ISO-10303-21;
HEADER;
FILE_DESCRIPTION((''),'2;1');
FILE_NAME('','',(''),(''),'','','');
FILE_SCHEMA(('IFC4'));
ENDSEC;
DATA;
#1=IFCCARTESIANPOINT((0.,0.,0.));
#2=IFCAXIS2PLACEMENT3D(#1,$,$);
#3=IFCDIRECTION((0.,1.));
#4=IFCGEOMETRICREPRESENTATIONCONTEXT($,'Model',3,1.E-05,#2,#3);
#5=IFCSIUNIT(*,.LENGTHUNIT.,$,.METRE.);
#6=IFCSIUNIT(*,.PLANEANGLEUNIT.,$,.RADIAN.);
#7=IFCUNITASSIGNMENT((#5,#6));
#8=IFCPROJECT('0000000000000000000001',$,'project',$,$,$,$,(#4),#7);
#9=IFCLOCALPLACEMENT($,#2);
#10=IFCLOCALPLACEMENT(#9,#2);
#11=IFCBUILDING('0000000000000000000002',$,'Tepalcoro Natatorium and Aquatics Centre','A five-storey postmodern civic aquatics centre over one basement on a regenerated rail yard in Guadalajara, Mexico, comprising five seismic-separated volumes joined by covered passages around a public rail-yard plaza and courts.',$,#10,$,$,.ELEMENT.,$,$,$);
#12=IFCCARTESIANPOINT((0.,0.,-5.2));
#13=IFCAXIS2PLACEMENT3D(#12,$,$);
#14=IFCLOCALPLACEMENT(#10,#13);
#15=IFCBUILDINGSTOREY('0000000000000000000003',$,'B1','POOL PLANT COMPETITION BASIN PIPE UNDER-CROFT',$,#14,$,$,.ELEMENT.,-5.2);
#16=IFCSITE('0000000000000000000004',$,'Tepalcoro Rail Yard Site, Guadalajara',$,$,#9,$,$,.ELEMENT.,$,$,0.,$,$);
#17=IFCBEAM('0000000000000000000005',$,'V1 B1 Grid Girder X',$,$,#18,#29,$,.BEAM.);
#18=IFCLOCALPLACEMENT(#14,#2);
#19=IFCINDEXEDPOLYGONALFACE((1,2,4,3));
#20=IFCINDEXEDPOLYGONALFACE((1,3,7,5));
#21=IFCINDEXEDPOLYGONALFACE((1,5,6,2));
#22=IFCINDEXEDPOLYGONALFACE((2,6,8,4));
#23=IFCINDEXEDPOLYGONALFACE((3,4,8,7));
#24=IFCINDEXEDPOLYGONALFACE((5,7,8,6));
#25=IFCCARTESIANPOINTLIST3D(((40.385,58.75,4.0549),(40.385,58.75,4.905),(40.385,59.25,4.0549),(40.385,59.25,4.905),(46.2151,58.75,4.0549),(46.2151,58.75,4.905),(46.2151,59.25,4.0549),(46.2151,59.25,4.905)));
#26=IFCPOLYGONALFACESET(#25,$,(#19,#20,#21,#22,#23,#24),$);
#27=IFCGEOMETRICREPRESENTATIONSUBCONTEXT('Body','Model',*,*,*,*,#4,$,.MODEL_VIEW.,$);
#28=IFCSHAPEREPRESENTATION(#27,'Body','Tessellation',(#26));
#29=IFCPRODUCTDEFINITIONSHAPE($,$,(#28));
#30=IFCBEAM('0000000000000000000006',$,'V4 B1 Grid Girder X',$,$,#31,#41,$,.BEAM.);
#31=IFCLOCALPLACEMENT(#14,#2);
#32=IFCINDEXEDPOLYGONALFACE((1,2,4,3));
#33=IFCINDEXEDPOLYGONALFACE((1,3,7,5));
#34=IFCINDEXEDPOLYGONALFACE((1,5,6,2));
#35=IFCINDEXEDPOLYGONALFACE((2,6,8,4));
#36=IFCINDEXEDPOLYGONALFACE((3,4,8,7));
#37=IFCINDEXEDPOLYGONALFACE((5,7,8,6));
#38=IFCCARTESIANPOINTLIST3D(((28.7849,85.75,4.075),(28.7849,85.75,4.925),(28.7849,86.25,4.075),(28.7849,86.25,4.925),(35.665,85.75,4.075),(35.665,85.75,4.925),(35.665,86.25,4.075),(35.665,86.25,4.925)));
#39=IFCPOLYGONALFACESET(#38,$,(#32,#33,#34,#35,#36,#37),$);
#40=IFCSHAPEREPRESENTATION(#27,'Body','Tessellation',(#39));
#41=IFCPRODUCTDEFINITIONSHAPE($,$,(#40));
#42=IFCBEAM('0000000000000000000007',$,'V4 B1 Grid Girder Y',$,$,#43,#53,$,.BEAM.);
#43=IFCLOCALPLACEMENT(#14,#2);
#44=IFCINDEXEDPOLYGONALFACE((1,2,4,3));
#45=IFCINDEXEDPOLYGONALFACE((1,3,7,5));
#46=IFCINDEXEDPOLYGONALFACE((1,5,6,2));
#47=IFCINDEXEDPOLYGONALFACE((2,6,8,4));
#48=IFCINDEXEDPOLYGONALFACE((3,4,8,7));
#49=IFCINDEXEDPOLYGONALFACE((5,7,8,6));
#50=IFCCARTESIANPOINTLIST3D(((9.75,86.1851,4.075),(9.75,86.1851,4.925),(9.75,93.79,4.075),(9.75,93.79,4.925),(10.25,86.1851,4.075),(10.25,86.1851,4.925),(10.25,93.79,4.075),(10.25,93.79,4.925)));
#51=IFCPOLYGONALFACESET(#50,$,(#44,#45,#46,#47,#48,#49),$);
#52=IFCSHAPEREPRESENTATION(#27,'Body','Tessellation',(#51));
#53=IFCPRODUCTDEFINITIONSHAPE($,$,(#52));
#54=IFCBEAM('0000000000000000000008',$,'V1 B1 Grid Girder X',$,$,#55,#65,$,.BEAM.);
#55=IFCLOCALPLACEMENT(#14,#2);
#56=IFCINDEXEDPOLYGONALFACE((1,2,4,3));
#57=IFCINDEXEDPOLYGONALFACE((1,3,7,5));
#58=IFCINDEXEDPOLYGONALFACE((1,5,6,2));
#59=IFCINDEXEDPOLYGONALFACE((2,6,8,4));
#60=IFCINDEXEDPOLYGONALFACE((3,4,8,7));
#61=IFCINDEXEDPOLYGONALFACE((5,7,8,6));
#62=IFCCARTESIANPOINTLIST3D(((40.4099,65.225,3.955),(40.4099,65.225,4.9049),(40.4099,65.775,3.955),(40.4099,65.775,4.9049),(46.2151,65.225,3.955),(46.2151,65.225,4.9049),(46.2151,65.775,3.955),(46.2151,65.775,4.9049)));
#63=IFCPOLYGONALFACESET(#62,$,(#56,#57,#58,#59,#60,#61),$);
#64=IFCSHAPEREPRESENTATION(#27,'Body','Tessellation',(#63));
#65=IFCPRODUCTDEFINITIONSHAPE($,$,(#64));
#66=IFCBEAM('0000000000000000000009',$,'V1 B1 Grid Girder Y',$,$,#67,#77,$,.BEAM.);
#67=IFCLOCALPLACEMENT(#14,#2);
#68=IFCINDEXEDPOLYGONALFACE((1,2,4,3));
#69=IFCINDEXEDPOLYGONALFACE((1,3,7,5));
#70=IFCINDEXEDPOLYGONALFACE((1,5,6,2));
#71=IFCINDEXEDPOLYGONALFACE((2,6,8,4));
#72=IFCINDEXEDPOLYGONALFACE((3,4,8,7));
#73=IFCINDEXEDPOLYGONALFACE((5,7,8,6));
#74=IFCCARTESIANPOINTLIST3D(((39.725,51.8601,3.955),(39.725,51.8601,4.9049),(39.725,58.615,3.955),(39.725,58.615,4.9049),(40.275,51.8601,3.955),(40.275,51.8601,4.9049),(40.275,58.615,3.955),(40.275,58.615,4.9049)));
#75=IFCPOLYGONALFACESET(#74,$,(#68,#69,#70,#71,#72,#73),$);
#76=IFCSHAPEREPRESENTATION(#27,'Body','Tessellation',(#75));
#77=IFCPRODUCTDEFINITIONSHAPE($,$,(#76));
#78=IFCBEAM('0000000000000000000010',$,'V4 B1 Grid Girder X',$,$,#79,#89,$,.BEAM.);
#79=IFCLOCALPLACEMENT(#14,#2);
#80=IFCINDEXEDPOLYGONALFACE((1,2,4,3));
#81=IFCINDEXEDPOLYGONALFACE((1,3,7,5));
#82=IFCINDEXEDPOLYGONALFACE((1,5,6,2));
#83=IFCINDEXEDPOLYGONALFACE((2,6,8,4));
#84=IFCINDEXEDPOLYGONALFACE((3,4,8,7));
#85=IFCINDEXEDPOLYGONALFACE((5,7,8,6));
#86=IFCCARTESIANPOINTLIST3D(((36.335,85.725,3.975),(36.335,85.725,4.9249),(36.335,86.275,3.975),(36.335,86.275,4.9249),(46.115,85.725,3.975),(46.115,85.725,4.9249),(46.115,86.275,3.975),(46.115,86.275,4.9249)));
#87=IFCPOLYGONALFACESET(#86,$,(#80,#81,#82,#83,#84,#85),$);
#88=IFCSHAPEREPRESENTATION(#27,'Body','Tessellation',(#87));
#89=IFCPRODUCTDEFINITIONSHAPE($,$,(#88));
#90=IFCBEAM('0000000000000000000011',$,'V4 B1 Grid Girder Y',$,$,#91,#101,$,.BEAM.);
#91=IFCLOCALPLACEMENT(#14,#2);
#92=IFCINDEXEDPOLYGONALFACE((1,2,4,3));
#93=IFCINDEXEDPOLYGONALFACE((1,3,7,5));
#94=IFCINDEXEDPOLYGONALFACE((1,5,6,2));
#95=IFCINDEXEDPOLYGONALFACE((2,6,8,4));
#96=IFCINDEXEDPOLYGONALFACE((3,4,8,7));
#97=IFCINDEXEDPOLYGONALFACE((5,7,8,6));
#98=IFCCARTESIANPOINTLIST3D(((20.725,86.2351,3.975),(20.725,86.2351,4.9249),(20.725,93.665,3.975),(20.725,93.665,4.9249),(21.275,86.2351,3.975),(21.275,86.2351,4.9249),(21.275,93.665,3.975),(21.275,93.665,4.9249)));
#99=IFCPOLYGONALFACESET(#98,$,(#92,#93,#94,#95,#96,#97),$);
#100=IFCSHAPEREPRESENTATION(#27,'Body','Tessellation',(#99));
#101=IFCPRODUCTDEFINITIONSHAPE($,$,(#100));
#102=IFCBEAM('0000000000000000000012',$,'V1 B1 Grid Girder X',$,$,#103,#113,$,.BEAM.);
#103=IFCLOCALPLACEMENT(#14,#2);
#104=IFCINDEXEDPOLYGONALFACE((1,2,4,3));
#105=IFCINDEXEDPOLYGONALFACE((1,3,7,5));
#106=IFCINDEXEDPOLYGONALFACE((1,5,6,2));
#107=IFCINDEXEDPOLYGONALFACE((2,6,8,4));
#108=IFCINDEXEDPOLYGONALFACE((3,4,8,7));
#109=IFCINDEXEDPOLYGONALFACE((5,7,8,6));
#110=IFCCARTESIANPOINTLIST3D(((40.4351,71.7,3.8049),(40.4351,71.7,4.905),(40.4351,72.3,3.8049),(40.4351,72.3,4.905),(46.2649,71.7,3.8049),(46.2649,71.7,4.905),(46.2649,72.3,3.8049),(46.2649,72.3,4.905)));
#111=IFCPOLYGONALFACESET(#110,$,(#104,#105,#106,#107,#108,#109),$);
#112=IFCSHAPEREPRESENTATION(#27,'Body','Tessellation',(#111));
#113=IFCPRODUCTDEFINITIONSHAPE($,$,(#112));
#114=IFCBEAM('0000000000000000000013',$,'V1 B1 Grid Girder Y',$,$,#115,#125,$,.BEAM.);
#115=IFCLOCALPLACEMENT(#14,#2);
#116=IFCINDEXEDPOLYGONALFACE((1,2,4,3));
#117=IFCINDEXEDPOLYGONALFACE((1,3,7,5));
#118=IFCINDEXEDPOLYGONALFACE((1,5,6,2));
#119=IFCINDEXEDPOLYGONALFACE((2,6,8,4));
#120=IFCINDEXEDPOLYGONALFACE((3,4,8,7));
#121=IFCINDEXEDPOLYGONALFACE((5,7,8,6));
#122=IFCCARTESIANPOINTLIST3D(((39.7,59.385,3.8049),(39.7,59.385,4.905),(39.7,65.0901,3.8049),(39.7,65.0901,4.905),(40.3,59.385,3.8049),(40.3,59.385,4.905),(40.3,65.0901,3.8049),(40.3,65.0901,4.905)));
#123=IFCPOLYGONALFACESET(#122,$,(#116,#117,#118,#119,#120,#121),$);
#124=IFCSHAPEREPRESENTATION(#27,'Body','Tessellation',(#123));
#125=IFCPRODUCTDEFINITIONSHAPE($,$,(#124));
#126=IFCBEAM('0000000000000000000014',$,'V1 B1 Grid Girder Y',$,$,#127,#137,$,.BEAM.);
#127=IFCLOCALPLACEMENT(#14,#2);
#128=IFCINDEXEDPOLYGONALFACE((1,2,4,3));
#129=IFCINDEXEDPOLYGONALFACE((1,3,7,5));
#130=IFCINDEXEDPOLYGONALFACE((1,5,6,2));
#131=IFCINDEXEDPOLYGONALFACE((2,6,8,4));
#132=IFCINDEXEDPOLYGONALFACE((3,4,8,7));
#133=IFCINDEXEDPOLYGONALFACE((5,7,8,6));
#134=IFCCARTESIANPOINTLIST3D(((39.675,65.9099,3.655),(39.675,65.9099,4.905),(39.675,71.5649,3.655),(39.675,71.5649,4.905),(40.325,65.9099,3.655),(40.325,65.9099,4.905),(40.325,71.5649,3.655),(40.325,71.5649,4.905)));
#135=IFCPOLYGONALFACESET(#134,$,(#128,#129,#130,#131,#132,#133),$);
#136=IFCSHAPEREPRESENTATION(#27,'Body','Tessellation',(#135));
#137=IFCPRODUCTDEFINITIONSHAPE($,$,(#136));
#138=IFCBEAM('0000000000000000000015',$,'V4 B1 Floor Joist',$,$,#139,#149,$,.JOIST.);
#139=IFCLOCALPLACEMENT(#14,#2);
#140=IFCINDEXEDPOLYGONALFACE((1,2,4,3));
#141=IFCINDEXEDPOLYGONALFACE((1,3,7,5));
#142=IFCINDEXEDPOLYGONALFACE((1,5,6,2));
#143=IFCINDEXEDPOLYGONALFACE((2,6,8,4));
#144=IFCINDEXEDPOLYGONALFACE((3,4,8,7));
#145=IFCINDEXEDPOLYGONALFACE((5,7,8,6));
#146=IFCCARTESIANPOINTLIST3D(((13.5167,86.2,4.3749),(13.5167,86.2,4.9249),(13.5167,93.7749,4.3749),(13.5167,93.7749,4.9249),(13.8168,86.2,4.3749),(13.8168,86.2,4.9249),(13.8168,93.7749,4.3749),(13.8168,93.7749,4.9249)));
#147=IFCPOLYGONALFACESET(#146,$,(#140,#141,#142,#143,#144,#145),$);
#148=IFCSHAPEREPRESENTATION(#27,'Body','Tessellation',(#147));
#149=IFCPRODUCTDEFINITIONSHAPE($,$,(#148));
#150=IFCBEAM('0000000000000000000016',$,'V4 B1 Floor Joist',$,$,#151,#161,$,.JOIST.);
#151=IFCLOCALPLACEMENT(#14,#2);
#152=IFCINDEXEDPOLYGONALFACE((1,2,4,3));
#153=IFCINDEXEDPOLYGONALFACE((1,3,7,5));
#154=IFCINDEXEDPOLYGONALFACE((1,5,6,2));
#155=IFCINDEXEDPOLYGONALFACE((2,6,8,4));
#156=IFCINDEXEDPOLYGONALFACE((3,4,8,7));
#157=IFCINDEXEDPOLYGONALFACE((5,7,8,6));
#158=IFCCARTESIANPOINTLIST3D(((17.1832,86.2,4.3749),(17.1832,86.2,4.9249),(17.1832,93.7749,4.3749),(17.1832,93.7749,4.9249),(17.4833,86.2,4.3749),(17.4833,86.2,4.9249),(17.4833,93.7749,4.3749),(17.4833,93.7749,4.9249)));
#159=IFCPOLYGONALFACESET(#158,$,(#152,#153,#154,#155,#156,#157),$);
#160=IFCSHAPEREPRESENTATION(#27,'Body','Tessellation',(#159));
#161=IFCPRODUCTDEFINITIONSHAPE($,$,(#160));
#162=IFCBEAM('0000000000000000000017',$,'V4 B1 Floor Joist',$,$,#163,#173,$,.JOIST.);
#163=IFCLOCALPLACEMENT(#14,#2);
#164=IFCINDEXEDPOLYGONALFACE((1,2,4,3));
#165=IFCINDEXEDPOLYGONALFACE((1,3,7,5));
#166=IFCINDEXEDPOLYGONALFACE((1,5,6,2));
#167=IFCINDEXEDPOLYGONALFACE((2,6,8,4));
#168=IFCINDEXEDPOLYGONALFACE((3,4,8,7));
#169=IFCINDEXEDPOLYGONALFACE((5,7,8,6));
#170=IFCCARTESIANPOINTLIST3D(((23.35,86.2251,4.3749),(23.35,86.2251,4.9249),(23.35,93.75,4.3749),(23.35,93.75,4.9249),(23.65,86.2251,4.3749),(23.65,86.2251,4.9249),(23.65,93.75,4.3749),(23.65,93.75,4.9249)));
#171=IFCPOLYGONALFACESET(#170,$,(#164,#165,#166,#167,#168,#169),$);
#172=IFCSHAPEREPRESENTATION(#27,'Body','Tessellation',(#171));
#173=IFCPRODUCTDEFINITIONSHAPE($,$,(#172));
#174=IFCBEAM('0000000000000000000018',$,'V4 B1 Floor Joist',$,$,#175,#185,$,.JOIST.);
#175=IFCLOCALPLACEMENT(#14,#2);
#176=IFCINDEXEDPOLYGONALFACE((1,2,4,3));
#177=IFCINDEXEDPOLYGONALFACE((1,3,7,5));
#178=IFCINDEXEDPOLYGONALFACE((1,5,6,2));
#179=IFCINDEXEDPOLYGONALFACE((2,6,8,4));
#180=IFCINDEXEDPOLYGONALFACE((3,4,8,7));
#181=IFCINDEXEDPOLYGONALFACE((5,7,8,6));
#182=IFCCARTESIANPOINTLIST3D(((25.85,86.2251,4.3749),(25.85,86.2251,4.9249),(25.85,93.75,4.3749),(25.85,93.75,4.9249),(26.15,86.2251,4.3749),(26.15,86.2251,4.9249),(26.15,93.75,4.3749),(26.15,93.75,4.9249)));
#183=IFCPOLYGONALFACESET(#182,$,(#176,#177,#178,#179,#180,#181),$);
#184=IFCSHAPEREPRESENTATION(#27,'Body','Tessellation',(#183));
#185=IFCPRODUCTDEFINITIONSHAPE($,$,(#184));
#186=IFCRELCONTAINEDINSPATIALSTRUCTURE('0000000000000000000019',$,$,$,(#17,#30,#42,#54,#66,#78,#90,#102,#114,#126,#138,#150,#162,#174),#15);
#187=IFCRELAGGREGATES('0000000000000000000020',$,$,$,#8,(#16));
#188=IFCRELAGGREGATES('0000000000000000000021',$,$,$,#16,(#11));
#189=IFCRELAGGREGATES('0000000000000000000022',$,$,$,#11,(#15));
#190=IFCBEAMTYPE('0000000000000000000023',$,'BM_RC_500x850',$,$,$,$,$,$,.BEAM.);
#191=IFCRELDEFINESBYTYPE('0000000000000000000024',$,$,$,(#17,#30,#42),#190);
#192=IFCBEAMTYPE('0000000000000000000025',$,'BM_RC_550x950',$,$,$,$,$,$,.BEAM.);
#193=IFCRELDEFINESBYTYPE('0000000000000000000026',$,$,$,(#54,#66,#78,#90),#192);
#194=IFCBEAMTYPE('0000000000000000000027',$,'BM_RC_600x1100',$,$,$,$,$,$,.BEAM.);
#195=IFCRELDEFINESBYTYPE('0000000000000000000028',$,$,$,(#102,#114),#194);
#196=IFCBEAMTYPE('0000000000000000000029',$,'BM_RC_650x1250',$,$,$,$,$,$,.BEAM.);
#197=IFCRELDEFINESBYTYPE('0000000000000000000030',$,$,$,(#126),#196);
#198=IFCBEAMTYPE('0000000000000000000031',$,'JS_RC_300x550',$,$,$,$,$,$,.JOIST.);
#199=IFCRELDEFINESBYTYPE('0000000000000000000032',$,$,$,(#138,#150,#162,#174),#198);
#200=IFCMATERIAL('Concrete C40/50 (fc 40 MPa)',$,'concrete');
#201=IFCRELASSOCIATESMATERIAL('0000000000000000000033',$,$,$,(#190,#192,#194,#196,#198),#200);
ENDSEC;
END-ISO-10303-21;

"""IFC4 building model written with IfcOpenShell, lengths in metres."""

from ifc_helpers import new_model, si_unit, direction, frame, origin, origin_2d, place, context, subcontext, project, spatial, rectangle, extrude, material, material_profile, profile_set, type_object, element, save


model = new_model("IFC4")

# Units and contexts
model_context = context("Model", 3, precision=1e-05, world=origin(), true_north=direction((0.0, 1.0)))
body_context = subcontext(model_context, "Body", "Model", "MODEL_VIEW")
ifc_project = project(units=[si_unit("LENGTHUNIT", "METRE"), si_unit("PLANEANGLEUNIT", "RADIAN")], contexts=[model_context])

# Site, building, storey
site_placement = place(None, origin())
site = spatial("IfcSite", under=ifc_project, at=site_placement, Name="Tepalcoro Rail Yard Site, Guadalajara", CompositionType="ELEMENT", RefElevation=0.0)
building_placement = place(site_placement, origin())
building = spatial("IfcBuilding", under=site, at=building_placement, Name="Tepalcoro Natatorium and Aquatics Centre", Description="A five-storey postmodern civic aquatics centre over one basement on a regenerated rail yard in Guadalajara, Mexico, comprising five seismic-separated volumes joined by covered passages around a public rail-yard plaza and courts.", CompositionType="ELEMENT")
storey_placement = place(building_placement, frame((0.0, 0.0, -5.2)))
storey = spatial("IfcBuildingStorey", under=building, at=storey_placement, Name="B1", Description="POOL PLANT COMPETITION BASIN PIPE UNDER-CROFT", CompositionType="ELEMENT", Elevation=-5.2)

# Shared definitions
ifc_material = material(Name="Concrete C40/50 (fc 40 MPa)", Category="concrete")

# Beams
ifc_material_profile_1 = material_profile(ifc_material, rectangle(XDim=0.5, YDim=0.8501, at=origin_2d()), Name="RCB500x850")
ifc_profile_set_1 = profile_set([ifc_material_profile_1], Name="Concrete C40/50 (fc 40 MPa)")
beam_type_1 = type_object("IfcBeamType", Name="BM_RC_500x850", PredefinedType="BEAM", material=ifc_profile_set_1)
beam_1_placement = place(storey_placement, frame((40.385, 59.0, 4.48), z_axis=(1.0, 0.0, 0.0), x_axis=(0.0, 1.0, 0.0)))
element("IfcBeam", 1, at=beam_1_placement, inside=storey, type_object=beam_type_1, Name="V1 B1 Grid Girder X", PredefinedType="BEAM", context=body_context, shape_type="SweptSolid", body=[
    extrude(rectangle(XDim=0.5, YDim=0.8501, at=origin_2d()), origin(), (0.0, 0.0, 1.0), 5.8301),
])
beam_2_placement = place(storey_placement, frame((28.7849, 86.0, 4.5), z_axis=(1.0, 0.0, 0.0), x_axis=(0.0, 1.0, 0.0)))
element("IfcBeam", 2, at=beam_2_placement, inside=storey, type_object=beam_type_1, Name="V4 B1 Grid Girder X", PredefinedType="BEAM", context=body_context, shape_type="SweptSolid", body=[
    extrude(rectangle(XDim=0.5, YDim=0.8501, at=origin_2d()), origin(), (0.0, 0.0, 1.0), 6.8801),
])
beam_3_placement = place(storey_placement, frame((10.0, 86.1851, 4.5), z_axis=(0.0, 1.0, 0.0), x_axis=(-1.0, 0.0, 0.0)))
element("IfcBeam", 3, at=beam_3_placement, inside=storey, type_object=beam_type_1, Name="V4 B1 Grid Girder Y", PredefinedType="BEAM", context=body_context, shape_type="SweptSolid", body=[
    extrude(rectangle(XDim=0.5, YDim=0.8501, at=origin_2d()), origin(), (0.0, 0.0, 1.0), 7.605),
])
ifc_material_profile_2 = material_profile(ifc_material, rectangle(XDim=0.55, YDim=0.95, at=origin_2d()), Name="RCB550x950")
ifc_profile_set_2 = profile_set([ifc_material_profile_2], Name="Concrete C40/50 (fc 40 MPa)")
beam_type_2 = type_object("IfcBeamType", Name="BM_RC_550x950", PredefinedType="BEAM", material=ifc_profile_set_2)
beam_4_placement = place(storey_placement, frame((40.4099, 65.5, 4.4299), z_axis=(1.0, 0.0, 0.0), x_axis=(0.0, 1.0, 0.0)))
element("IfcBeam", 4, at=beam_4_placement, inside=storey, type_object=beam_type_2, Name="V1 B1 Grid Girder X", PredefinedType="BEAM", context=body_context, shape_type="SweptSolid", body=[
    extrude(rectangle(XDim=0.55, YDim=0.95, at=origin_2d()), origin(), (0.0, 0.0, 1.0), 5.8052),
])
beam_5_placement = place(storey_placement, frame((40.0, 51.8601, 4.4299), z_axis=(0.0, 1.0, 0.0), x_axis=(-1.0, 0.0, 0.0)))
element("IfcBeam", 5, at=beam_5_placement, inside=storey, type_object=beam_type_2, Name="V1 B1 Grid Girder Y", PredefinedType="BEAM", context=body_context, shape_type="SweptSolid", body=[
    extrude(rectangle(XDim=0.55, YDim=0.95, at=origin_2d()), origin(), (0.0, 0.0, 1.0), 6.7549),
])
beam_6_placement = place(storey_placement, frame((36.335, 86.0, 4.45), z_axis=(1.0, 0.0, 0.0), x_axis=(0.0, 1.0, 0.0)))
element("IfcBeam", 6, at=beam_6_placement, inside=storey, type_object=beam_type_2, Name="V4 B1 Grid Girder X", PredefinedType="BEAM", context=body_context, shape_type="SweptSolid", body=[
    extrude(rectangle(XDim=0.55, YDim=0.95, at=origin_2d()), origin(), (0.0, 0.0, 1.0), 9.78),
])
beam_7_placement = place(storey_placement, frame((21.0, 86.2351, 4.45), z_axis=(0.0, 1.0, 0.0), x_axis=(-1.0, 0.0, 0.0)))
element("IfcBeam", 7, at=beam_7_placement, inside=storey, type_object=beam_type_2, Name="V4 B1 Grid Girder Y", PredefinedType="BEAM", context=body_context, shape_type="SweptSolid", body=[
    extrude(rectangle(XDim=0.55, YDim=0.95, at=origin_2d()), origin(), (0.0, 0.0, 1.0), 7.4299),
])
ifc_material_profile_3 = material_profile(ifc_material, rectangle(XDim=0.6001, YDim=1.1001, at=origin_2d()), Name="RCB600x1100")
ifc_profile_set_3 = profile_set([ifc_material_profile_3], Name="Concrete C40/50 (fc 40 MPa)")
beam_type_3 = type_object("IfcBeamType", Name="BM_RC_600x1100", PredefinedType="BEAM", material=ifc_profile_set_3)
beam_8_placement = place(storey_placement, frame((40.4351, 72.0, 4.355), z_axis=(1.0, 0.0, 0.0), x_axis=(0.0, 1.0, 0.0)))
element("IfcBeam", 8, at=beam_8_placement, inside=storey, type_object=beam_type_3, Name="V1 B1 Grid Girder X", PredefinedType="BEAM", context=body_context, shape_type="SweptSolid", body=[
    extrude(rectangle(XDim=0.6001, YDim=1.1001, at=origin_2d()), origin(), (0.0, 0.0, 1.0), 5.8298),
])
beam_9_placement = place(storey_placement, frame((40.0, 59.385, 4.355), z_axis=(0.0, 1.0, 0.0), x_axis=(-1.0, 0.0, 0.0)))
element("IfcBeam", 9, at=beam_9_placement, inside=storey, type_object=beam_type_3, Name="V1 B1 Grid Girder Y", PredefinedType="BEAM", context=body_context, shape_type="SweptSolid", body=[
    extrude(rectangle(XDim=0.6001, YDim=1.1001, at=origin_2d()), origin(), (0.0, 0.0, 1.0), 5.7051),
])
ifc_material_profile_4 = material_profile(ifc_material, rectangle(XDim=0.6499, YDim=1.25, at=origin_2d()), Name="RCB650x1250")
ifc_profile_set_4 = profile_set([ifc_material_profile_4], Name="Concrete C40/50 (fc 40 MPa)")
beam_type_4 = type_object("IfcBeamType", Name="BM_RC_650x1250", PredefinedType="BEAM", material=ifc_profile_set_4)
beam_10_placement = place(storey_placement, frame((40.0, 65.9099, 4.28), z_axis=(0.0, 1.0, 0.0), x_axis=(-1.0, 0.0, 0.0)))
element("IfcBeam", 10, at=beam_10_placement, inside=storey, type_object=beam_type_4, Name="V1 B1 Grid Girder Y", PredefinedType="BEAM", context=body_context, shape_type="SweptSolid", body=[
    extrude(rectangle(XDim=0.6499, YDim=1.25, at=origin_2d()), origin(), (0.0, 0.0, 1.0), 5.655),
])
ifc_material_profile_5 = material_profile(ifc_material, rectangle(XDim=0.3, YDim=0.55, at=origin_2d()), Name="RCJ300x550")
ifc_profile_set_5 = profile_set([ifc_material_profile_5], Name="Concrete C40/50 (fc 40 MPa)")
beam_type_5 = type_object("IfcBeamType", Name="JS_RC_300x550", PredefinedType="JOIST", material=ifc_profile_set_5)
for number, where, z_axis, x_axis, name in (
    (11, (13.6667, 86.2, 4.6499), (0.0, 1.0, 0.0), (-1.0, 0.0, 0.0), "V4 B1 Floor Joist"),
    (12, (17.3333, 86.2, 4.6499), (0.0, 1.0, 0.0), (-1.0, 0.0, 0.0), "V4 B1 Floor Joist"),
):
    element("IfcBeam", number, at=place(storey_placement, frame(where, z_axis=z_axis, x_axis=x_axis)), inside=storey, type_object=beam_type_5, Name=name, PredefinedType="JOIST", context=body_context, shape_type="SweptSolid", body=[
        extrude(rectangle(XDim=0.3, YDim=0.55, at=origin_2d()), origin(), (0.0, 0.0, 1.0), 7.575),
    ])
for number, where, z_axis, x_axis, name in (
    (13, (23.5, 86.2251, 4.6499), (0.0, 1.0, 0.0), (-1.0, 0.0, 0.0), "V4 B1 Floor Joist"),
    (14, (26.0, 86.2251, 4.6499), (0.0, 1.0, 0.0), (-1.0, 0.0, 0.0), "V4 B1 Floor Joist"),
):
    element("IfcBeam", number, at=place(storey_placement, frame(where, z_axis=z_axis, x_axis=x_axis)), inside=storey, type_object=beam_type_5, Name=name, PredefinedType="JOIST", context=body_context, shape_type="SweptSolid", body=[
        extrude(rectangle(XDim=0.3, YDim=0.55, at=origin_2d()), origin(), (0.0, 0.0, 1.0), 7.5249),
    ])

save(model, "model.ifc")
